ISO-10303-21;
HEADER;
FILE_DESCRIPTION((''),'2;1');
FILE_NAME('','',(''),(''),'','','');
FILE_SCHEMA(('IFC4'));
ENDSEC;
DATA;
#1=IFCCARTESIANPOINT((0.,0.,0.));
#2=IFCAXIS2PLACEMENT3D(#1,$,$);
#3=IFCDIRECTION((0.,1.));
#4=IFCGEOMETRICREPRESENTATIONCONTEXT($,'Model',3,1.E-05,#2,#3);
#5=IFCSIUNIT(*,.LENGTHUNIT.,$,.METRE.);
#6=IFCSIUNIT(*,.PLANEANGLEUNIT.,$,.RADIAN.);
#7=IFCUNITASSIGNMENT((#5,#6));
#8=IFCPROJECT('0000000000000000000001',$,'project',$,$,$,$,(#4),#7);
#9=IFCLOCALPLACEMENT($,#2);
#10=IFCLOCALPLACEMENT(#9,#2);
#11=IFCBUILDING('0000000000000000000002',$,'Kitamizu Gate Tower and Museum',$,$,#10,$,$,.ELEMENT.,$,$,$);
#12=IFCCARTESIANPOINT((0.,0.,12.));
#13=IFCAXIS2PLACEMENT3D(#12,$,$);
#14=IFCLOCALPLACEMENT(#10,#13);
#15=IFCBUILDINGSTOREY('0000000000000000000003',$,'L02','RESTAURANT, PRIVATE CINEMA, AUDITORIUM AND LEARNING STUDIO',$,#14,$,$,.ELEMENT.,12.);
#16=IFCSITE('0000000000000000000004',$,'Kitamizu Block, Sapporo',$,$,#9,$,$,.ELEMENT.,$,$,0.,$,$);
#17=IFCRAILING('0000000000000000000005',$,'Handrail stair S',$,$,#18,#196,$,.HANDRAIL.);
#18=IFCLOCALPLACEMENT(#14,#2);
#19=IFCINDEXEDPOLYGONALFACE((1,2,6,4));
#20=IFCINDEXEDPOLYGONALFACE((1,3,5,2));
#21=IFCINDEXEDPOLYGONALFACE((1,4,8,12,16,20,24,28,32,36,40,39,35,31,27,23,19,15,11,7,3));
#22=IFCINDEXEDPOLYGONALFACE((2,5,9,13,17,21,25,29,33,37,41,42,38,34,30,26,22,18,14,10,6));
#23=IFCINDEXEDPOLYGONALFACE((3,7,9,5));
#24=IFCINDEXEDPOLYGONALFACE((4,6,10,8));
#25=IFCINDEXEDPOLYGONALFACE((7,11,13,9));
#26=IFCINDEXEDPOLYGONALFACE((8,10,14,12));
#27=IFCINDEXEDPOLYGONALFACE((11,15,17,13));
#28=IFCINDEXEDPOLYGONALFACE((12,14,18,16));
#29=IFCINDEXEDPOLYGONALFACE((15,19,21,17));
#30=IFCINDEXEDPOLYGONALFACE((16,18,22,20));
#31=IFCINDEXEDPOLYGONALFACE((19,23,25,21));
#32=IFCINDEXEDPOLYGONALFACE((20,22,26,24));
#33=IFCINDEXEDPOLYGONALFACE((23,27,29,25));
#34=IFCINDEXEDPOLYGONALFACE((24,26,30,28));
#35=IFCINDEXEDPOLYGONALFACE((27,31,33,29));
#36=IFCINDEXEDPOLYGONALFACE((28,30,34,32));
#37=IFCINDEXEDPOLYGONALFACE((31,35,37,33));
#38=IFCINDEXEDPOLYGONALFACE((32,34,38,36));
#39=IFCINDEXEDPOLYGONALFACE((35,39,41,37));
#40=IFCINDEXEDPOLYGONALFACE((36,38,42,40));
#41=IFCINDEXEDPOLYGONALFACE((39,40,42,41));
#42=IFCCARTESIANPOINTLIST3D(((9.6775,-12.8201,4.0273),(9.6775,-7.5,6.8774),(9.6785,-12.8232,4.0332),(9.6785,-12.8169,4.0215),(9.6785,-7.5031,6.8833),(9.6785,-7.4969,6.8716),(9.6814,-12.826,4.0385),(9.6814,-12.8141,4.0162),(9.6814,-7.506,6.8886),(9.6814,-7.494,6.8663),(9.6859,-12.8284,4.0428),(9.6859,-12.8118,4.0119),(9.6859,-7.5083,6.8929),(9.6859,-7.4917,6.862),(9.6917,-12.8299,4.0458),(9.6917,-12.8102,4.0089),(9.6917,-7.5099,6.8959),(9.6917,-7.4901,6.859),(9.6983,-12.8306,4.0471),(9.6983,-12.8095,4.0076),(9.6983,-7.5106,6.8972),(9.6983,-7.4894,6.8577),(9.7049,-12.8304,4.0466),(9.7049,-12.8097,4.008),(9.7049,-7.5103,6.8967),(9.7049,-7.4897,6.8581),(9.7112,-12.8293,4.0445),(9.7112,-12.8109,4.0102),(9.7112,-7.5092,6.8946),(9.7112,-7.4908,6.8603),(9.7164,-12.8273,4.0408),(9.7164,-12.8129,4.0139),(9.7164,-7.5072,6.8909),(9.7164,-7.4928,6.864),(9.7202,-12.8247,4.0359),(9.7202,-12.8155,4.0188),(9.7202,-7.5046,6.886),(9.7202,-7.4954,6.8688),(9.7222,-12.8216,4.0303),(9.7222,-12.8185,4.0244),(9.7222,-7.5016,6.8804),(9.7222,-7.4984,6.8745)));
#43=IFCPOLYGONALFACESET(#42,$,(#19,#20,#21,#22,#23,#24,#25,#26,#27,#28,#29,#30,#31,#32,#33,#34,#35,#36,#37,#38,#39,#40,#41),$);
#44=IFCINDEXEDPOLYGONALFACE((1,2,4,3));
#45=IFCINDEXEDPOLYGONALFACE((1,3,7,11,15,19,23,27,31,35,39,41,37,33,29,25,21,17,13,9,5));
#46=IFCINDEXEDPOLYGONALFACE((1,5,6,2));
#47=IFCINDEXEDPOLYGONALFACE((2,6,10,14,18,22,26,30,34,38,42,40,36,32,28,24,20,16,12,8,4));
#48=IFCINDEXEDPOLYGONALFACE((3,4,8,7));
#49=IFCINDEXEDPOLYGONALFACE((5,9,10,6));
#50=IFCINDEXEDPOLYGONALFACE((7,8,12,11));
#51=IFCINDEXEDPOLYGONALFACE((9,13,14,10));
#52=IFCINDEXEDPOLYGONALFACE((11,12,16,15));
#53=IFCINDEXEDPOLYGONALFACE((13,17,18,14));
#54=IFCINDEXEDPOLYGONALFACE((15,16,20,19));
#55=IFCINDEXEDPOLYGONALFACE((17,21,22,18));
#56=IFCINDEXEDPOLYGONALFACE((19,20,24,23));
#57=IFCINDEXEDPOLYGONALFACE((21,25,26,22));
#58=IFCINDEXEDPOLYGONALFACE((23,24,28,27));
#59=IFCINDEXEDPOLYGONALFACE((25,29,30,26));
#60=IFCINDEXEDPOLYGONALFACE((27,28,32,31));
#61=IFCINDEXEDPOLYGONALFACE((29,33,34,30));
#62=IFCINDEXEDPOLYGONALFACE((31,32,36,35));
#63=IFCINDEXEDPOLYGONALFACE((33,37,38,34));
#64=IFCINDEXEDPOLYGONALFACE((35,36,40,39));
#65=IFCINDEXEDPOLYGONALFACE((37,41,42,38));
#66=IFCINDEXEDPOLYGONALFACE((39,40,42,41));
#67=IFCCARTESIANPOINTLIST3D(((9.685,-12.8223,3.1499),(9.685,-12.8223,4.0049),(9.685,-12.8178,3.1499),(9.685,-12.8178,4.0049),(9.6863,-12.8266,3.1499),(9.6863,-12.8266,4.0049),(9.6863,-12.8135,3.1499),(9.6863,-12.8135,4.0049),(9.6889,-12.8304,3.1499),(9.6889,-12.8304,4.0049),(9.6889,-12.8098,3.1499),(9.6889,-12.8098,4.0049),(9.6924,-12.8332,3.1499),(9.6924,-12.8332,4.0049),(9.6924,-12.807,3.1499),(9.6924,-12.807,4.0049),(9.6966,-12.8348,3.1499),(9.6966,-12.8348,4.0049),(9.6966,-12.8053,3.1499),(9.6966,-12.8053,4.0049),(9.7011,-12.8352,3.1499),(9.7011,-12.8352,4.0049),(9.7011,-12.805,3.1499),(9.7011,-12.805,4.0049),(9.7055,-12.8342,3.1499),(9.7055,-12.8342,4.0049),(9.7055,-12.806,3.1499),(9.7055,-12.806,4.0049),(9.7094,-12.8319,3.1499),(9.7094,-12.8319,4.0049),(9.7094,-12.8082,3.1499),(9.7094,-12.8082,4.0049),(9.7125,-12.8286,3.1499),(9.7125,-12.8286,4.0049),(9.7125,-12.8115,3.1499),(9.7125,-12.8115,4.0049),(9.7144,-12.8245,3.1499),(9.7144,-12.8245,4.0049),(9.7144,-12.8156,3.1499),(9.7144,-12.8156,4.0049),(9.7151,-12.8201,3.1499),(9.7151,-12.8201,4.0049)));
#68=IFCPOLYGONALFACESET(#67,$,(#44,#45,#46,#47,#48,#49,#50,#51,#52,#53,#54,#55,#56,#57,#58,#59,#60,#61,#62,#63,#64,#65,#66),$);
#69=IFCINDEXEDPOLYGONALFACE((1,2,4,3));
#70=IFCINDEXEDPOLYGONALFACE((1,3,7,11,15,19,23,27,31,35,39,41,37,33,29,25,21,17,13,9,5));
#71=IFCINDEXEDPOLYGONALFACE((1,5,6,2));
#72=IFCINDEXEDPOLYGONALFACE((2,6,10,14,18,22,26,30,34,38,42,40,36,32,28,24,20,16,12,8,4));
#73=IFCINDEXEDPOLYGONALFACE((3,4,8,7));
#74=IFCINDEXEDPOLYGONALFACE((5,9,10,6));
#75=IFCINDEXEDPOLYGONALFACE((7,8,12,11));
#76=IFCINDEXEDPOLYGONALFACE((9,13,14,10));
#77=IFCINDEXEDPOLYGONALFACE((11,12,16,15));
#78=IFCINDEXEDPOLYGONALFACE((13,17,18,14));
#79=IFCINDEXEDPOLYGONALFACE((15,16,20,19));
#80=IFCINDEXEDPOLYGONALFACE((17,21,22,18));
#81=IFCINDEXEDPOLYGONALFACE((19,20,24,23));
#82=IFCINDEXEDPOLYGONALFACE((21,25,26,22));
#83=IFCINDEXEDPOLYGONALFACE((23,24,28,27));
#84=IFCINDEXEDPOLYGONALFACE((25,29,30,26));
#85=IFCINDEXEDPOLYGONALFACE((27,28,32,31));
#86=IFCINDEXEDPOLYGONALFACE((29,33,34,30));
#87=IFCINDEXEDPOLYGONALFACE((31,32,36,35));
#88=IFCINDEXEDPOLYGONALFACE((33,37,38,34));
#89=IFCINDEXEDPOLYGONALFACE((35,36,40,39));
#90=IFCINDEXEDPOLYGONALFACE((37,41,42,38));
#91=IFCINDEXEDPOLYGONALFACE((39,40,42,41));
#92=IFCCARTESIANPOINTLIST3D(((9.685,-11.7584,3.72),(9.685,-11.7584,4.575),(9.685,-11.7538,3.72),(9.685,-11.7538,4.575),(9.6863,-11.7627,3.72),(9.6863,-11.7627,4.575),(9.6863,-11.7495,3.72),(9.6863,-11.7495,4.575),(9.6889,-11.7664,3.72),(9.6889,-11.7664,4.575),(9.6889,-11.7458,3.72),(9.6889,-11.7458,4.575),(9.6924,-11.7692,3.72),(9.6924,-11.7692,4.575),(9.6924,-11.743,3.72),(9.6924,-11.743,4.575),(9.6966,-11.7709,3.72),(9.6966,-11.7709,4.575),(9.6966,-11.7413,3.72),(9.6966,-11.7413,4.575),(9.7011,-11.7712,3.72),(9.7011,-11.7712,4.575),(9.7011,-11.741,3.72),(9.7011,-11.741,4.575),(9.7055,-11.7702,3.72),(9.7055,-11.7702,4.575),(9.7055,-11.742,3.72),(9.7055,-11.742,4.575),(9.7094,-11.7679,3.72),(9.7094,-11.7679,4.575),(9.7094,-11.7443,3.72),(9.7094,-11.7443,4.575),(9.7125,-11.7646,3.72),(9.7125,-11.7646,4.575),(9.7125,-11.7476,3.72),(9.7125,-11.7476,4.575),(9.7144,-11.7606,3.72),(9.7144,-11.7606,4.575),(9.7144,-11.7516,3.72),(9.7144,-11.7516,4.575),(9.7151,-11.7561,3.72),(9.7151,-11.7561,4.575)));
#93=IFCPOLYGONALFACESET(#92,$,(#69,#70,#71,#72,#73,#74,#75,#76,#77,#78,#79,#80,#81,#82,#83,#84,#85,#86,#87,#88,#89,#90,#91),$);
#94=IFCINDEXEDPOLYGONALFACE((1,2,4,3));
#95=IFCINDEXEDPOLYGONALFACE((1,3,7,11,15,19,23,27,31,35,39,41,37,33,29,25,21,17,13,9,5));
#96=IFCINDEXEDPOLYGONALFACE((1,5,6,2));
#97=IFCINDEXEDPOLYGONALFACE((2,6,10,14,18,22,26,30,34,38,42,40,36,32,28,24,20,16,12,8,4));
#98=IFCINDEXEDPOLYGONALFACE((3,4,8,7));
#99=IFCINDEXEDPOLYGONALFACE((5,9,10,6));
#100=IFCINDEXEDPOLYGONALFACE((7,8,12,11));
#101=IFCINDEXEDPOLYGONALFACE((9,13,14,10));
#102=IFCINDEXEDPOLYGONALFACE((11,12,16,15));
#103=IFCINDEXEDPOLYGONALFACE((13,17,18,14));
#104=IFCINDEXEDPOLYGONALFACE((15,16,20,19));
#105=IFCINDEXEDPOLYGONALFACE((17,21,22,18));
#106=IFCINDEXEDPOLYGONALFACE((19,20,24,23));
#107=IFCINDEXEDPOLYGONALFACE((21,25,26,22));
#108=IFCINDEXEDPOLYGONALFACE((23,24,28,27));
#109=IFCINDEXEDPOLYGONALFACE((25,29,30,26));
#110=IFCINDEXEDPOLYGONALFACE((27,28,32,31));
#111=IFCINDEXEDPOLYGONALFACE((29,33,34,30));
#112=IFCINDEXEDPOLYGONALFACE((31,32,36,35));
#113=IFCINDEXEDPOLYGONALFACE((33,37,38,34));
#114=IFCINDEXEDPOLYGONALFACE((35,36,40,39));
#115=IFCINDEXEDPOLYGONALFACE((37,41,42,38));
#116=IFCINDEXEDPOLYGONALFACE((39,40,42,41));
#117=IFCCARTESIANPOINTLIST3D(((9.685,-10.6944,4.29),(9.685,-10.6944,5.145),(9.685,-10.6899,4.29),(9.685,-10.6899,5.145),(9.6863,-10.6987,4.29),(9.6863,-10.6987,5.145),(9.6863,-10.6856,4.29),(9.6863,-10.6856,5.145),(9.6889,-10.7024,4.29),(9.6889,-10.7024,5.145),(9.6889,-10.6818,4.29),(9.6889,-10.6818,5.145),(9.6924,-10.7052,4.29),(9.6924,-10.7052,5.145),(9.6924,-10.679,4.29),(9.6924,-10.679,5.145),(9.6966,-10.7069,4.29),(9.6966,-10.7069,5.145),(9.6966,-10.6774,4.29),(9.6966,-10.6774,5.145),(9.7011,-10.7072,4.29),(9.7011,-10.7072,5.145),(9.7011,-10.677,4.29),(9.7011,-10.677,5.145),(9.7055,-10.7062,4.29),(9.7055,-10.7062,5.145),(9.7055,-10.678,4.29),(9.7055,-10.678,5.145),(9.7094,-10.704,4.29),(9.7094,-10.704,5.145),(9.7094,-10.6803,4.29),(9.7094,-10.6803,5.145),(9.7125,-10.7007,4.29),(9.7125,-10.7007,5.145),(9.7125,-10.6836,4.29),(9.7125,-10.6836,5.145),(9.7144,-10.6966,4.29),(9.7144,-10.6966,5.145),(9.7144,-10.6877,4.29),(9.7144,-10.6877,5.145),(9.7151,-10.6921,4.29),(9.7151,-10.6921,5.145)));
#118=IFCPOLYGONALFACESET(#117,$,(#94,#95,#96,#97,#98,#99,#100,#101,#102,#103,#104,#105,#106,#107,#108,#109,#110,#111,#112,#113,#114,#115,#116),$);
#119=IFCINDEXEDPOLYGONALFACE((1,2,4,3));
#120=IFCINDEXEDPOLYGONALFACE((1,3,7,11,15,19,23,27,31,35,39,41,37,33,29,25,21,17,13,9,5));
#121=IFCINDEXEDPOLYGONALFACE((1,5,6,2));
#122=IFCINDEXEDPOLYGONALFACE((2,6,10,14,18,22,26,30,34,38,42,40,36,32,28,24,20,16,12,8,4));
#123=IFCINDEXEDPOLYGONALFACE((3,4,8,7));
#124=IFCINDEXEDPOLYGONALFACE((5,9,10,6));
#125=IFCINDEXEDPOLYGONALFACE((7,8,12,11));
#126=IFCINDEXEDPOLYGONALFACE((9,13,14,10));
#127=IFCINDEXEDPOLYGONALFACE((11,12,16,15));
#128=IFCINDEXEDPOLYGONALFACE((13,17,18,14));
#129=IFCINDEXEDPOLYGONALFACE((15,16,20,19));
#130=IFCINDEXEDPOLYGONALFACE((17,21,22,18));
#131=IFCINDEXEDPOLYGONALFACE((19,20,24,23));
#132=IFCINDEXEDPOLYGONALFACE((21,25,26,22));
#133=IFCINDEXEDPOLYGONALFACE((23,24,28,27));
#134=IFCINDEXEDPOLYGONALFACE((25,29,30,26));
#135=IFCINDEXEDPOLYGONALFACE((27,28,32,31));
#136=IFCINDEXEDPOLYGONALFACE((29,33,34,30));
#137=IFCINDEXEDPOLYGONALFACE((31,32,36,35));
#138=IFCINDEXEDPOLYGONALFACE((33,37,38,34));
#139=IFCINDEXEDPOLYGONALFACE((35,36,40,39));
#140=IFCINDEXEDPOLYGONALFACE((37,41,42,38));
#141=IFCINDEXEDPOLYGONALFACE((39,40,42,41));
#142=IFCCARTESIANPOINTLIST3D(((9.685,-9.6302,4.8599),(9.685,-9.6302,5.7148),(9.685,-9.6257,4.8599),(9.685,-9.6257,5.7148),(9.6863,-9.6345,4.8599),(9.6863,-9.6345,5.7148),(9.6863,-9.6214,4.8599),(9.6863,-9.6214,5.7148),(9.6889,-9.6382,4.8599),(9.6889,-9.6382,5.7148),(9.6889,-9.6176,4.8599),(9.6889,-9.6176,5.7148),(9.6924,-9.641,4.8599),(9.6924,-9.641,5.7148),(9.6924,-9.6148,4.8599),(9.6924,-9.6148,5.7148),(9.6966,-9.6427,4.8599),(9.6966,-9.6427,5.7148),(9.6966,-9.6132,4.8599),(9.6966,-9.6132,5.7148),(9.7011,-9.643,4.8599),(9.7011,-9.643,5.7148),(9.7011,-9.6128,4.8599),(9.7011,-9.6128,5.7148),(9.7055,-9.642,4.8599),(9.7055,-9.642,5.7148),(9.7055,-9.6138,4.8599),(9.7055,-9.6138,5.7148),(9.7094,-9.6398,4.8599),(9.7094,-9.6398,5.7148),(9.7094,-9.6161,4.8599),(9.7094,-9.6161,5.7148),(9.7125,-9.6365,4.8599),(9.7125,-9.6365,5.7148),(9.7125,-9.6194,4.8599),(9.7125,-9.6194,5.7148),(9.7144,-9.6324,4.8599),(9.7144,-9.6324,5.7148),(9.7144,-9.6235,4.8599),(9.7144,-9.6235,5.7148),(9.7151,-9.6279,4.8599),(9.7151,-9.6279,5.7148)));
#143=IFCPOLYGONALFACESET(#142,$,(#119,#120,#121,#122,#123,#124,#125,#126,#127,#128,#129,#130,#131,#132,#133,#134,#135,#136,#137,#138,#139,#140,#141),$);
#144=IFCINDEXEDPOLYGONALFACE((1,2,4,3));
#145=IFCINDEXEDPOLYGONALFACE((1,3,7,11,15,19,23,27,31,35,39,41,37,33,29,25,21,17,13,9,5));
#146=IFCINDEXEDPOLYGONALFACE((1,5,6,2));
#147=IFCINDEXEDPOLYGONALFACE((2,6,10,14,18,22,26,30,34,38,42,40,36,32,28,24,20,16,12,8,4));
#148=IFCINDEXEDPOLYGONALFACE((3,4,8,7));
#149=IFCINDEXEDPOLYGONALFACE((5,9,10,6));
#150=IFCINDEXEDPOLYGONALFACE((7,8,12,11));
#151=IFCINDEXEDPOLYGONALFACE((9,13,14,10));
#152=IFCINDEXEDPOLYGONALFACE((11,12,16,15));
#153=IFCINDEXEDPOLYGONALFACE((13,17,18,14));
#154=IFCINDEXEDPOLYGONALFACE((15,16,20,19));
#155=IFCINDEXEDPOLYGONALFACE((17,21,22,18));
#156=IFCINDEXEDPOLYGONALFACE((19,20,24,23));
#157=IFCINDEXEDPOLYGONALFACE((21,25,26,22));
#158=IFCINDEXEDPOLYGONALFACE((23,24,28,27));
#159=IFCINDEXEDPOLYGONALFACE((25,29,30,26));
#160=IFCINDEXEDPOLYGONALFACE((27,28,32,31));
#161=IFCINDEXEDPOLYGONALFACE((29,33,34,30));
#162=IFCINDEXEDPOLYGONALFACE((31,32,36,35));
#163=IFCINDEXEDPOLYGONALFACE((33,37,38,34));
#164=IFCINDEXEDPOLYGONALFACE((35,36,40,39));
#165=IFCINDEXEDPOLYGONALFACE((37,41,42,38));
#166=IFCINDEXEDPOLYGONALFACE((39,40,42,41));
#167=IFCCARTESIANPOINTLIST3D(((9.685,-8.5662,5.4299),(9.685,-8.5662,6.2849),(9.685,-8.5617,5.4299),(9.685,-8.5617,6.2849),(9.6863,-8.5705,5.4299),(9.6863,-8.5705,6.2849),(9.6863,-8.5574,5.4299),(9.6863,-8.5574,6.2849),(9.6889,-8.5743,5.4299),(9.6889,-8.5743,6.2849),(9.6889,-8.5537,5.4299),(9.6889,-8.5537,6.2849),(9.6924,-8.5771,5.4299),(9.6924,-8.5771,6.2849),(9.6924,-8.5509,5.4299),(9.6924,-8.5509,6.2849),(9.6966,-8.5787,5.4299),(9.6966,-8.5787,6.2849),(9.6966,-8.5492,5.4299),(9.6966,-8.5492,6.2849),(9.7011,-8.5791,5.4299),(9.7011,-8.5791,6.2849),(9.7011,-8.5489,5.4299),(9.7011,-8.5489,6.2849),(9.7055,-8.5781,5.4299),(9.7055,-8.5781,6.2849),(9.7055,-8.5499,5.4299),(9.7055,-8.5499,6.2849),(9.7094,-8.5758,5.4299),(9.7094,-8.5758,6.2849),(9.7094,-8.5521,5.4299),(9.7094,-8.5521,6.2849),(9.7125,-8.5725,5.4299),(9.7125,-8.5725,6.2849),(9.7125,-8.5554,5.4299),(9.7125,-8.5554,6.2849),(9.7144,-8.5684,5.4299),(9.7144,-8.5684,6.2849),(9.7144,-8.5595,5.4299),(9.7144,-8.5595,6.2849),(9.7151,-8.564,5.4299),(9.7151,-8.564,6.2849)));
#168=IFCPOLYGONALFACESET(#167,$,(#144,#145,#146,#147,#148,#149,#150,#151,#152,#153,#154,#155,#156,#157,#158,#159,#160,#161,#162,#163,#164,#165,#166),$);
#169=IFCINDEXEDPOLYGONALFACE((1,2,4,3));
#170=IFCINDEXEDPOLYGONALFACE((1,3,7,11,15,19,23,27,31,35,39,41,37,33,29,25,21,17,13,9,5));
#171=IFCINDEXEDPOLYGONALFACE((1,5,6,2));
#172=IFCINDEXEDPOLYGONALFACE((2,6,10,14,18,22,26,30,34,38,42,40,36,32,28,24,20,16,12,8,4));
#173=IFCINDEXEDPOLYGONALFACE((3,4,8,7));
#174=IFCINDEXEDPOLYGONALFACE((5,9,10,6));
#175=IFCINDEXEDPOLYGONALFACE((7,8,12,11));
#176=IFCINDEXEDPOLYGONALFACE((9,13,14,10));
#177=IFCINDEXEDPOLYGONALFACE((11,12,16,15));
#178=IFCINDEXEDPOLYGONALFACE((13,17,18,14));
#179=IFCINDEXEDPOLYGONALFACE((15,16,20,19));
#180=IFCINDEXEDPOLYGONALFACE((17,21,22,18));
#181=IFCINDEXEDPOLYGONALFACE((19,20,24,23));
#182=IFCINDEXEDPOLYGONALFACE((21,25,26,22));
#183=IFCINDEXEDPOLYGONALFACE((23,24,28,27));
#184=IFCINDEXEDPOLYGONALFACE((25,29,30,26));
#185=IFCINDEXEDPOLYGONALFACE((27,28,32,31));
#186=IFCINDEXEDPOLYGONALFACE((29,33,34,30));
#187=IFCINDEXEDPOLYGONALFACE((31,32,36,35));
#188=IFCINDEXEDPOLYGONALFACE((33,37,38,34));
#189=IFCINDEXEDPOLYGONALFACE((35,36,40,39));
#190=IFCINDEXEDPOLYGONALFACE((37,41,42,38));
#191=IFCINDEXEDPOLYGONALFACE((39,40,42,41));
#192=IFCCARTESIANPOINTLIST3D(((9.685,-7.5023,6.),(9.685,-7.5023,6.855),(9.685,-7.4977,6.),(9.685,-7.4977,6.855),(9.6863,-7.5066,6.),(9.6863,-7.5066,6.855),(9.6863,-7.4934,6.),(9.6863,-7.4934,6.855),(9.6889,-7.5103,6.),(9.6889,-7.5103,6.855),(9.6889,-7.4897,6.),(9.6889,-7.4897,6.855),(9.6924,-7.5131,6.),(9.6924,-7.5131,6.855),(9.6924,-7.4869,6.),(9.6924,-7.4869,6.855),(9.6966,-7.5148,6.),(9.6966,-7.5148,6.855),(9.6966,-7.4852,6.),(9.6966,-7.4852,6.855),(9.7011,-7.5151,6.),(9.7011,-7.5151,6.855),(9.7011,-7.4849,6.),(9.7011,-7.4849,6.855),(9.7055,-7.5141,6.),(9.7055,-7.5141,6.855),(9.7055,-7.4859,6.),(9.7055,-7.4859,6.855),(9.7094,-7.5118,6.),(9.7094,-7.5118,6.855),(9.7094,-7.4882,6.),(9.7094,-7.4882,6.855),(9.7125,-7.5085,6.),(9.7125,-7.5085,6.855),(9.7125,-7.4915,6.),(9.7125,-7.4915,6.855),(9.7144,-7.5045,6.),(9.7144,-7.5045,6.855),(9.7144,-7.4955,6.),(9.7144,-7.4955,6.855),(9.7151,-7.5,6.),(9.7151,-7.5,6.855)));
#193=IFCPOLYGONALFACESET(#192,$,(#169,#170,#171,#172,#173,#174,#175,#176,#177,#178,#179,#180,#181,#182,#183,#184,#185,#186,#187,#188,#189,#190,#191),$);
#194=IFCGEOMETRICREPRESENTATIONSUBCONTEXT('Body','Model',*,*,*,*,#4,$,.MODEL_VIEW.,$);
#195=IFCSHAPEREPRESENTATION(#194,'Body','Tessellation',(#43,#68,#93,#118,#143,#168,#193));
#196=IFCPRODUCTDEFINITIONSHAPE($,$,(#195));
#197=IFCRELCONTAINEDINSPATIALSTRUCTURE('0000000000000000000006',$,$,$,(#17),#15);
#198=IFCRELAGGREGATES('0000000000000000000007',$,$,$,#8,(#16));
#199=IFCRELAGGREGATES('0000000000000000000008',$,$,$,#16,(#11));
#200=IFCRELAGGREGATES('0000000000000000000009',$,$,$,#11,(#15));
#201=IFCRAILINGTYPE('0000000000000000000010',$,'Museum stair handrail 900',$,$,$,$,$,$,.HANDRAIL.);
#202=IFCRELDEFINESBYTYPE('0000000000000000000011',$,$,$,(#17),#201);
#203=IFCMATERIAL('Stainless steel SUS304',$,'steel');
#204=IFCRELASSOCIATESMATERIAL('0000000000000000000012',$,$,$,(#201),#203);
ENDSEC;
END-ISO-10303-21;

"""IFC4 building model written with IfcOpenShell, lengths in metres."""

from ifc_helpers import new_model, si_unit, direction, frame, origin, origin_2d, place, context, subcontext, project, spatial, circle, extrude, material, type_object, element, save


model = new_model("IFC4")

# Units and contexts
model_context = context("Model", 3, precision=1e-05, world=origin(), true_north=direction((0.0, 1.0)))
body_context = subcontext(model_context, "Body", "Model", "MODEL_VIEW")
ifc_project = project(units=[si_unit("LENGTHUNIT", "METRE"), si_unit("PLANEANGLEUNIT", "RADIAN")], contexts=[model_context])

# Site, building, storey
site_placement = place(None, origin())
site = spatial("IfcSite", under=ifc_project, at=site_placement, Name="Kitamizu Block, Sapporo", CompositionType="ELEMENT", RefElevation=0.0)
building_placement = place(site_placement, origin())
building = spatial("IfcBuilding", under=site, at=building_placement, Name="Kitamizu Gate Tower and Museum", CompositionType="ELEMENT")
storey_placement = place(building_placement, frame((0.0, 0.0, 12.0)))
storey = spatial("IfcBuildingStorey", under=building, at=storey_placement, Name="L02", Description="RESTAURANT, PRIVATE CINEMA, AUDITORIUM AND LEARNING STUDIO", CompositionType="ELEMENT", Elevation=12.0)

# Railing
ifc_material_1 = material(Name="Stainless steel SUS304", Category="steel")
railing_type = type_object("IfcRailingType", Name="Museum stair handrail 900", PredefinedType="HANDRAIL", material=ifc_material_1)
for number, where, name in (
    (1, (9.7, -12.8201, 3.1499), "Handrail stair S"),
):
    element("IfcRailing", number, at=place(storey_placement, frame(where)), inside=storey, type_object=railing_type, Name=name, PredefinedType="HANDRAIL", context=body_context, shape_type="SweptSolid", body=[
        extrude(circle(Radius=0.0225, at=origin_2d()), frame((0.0, 0.0, 0.8774), z_axis=(0.0, 0.881476, 0.472229), x_axis=(-1.0, 0.0, 0.0)), (0.0, 0.0, 1.0), 6.0354),
        extrude(circle(Radius=0.0151, at=origin_2d()), origin(), (0.0, 0.0, 1.0), 0.855),
        extrude(circle(Radius=0.0151, at=origin_2d()), frame((0.0, 1.064, 0.5701)), (0.0, 0.0, 1.0), 0.855),
        extrude(circle(Radius=0.0151, at=origin_2d()), frame((0.0, 2.1279, 1.1401)), (0.0, 0.0, 1.0), 0.855),
        extrude(circle(Radius=0.0151, at=origin_2d()), frame((0.0, 3.1921, 1.71)), (0.0, 0.0, 1.0), 0.855),
        extrude(circle(Radius=0.0151, at=origin_2d()), frame((0.0, 4.2561, 2.28)), (0.0, 0.0, 1.0), 0.855),
        extrude(circle(Radius=0.0151, at=origin_2d()), frame((0.0, 5.3201, 2.8501)), (0.0, 0.0, 1.0), 0.855),
    ])

save(model, "model.ifc")
